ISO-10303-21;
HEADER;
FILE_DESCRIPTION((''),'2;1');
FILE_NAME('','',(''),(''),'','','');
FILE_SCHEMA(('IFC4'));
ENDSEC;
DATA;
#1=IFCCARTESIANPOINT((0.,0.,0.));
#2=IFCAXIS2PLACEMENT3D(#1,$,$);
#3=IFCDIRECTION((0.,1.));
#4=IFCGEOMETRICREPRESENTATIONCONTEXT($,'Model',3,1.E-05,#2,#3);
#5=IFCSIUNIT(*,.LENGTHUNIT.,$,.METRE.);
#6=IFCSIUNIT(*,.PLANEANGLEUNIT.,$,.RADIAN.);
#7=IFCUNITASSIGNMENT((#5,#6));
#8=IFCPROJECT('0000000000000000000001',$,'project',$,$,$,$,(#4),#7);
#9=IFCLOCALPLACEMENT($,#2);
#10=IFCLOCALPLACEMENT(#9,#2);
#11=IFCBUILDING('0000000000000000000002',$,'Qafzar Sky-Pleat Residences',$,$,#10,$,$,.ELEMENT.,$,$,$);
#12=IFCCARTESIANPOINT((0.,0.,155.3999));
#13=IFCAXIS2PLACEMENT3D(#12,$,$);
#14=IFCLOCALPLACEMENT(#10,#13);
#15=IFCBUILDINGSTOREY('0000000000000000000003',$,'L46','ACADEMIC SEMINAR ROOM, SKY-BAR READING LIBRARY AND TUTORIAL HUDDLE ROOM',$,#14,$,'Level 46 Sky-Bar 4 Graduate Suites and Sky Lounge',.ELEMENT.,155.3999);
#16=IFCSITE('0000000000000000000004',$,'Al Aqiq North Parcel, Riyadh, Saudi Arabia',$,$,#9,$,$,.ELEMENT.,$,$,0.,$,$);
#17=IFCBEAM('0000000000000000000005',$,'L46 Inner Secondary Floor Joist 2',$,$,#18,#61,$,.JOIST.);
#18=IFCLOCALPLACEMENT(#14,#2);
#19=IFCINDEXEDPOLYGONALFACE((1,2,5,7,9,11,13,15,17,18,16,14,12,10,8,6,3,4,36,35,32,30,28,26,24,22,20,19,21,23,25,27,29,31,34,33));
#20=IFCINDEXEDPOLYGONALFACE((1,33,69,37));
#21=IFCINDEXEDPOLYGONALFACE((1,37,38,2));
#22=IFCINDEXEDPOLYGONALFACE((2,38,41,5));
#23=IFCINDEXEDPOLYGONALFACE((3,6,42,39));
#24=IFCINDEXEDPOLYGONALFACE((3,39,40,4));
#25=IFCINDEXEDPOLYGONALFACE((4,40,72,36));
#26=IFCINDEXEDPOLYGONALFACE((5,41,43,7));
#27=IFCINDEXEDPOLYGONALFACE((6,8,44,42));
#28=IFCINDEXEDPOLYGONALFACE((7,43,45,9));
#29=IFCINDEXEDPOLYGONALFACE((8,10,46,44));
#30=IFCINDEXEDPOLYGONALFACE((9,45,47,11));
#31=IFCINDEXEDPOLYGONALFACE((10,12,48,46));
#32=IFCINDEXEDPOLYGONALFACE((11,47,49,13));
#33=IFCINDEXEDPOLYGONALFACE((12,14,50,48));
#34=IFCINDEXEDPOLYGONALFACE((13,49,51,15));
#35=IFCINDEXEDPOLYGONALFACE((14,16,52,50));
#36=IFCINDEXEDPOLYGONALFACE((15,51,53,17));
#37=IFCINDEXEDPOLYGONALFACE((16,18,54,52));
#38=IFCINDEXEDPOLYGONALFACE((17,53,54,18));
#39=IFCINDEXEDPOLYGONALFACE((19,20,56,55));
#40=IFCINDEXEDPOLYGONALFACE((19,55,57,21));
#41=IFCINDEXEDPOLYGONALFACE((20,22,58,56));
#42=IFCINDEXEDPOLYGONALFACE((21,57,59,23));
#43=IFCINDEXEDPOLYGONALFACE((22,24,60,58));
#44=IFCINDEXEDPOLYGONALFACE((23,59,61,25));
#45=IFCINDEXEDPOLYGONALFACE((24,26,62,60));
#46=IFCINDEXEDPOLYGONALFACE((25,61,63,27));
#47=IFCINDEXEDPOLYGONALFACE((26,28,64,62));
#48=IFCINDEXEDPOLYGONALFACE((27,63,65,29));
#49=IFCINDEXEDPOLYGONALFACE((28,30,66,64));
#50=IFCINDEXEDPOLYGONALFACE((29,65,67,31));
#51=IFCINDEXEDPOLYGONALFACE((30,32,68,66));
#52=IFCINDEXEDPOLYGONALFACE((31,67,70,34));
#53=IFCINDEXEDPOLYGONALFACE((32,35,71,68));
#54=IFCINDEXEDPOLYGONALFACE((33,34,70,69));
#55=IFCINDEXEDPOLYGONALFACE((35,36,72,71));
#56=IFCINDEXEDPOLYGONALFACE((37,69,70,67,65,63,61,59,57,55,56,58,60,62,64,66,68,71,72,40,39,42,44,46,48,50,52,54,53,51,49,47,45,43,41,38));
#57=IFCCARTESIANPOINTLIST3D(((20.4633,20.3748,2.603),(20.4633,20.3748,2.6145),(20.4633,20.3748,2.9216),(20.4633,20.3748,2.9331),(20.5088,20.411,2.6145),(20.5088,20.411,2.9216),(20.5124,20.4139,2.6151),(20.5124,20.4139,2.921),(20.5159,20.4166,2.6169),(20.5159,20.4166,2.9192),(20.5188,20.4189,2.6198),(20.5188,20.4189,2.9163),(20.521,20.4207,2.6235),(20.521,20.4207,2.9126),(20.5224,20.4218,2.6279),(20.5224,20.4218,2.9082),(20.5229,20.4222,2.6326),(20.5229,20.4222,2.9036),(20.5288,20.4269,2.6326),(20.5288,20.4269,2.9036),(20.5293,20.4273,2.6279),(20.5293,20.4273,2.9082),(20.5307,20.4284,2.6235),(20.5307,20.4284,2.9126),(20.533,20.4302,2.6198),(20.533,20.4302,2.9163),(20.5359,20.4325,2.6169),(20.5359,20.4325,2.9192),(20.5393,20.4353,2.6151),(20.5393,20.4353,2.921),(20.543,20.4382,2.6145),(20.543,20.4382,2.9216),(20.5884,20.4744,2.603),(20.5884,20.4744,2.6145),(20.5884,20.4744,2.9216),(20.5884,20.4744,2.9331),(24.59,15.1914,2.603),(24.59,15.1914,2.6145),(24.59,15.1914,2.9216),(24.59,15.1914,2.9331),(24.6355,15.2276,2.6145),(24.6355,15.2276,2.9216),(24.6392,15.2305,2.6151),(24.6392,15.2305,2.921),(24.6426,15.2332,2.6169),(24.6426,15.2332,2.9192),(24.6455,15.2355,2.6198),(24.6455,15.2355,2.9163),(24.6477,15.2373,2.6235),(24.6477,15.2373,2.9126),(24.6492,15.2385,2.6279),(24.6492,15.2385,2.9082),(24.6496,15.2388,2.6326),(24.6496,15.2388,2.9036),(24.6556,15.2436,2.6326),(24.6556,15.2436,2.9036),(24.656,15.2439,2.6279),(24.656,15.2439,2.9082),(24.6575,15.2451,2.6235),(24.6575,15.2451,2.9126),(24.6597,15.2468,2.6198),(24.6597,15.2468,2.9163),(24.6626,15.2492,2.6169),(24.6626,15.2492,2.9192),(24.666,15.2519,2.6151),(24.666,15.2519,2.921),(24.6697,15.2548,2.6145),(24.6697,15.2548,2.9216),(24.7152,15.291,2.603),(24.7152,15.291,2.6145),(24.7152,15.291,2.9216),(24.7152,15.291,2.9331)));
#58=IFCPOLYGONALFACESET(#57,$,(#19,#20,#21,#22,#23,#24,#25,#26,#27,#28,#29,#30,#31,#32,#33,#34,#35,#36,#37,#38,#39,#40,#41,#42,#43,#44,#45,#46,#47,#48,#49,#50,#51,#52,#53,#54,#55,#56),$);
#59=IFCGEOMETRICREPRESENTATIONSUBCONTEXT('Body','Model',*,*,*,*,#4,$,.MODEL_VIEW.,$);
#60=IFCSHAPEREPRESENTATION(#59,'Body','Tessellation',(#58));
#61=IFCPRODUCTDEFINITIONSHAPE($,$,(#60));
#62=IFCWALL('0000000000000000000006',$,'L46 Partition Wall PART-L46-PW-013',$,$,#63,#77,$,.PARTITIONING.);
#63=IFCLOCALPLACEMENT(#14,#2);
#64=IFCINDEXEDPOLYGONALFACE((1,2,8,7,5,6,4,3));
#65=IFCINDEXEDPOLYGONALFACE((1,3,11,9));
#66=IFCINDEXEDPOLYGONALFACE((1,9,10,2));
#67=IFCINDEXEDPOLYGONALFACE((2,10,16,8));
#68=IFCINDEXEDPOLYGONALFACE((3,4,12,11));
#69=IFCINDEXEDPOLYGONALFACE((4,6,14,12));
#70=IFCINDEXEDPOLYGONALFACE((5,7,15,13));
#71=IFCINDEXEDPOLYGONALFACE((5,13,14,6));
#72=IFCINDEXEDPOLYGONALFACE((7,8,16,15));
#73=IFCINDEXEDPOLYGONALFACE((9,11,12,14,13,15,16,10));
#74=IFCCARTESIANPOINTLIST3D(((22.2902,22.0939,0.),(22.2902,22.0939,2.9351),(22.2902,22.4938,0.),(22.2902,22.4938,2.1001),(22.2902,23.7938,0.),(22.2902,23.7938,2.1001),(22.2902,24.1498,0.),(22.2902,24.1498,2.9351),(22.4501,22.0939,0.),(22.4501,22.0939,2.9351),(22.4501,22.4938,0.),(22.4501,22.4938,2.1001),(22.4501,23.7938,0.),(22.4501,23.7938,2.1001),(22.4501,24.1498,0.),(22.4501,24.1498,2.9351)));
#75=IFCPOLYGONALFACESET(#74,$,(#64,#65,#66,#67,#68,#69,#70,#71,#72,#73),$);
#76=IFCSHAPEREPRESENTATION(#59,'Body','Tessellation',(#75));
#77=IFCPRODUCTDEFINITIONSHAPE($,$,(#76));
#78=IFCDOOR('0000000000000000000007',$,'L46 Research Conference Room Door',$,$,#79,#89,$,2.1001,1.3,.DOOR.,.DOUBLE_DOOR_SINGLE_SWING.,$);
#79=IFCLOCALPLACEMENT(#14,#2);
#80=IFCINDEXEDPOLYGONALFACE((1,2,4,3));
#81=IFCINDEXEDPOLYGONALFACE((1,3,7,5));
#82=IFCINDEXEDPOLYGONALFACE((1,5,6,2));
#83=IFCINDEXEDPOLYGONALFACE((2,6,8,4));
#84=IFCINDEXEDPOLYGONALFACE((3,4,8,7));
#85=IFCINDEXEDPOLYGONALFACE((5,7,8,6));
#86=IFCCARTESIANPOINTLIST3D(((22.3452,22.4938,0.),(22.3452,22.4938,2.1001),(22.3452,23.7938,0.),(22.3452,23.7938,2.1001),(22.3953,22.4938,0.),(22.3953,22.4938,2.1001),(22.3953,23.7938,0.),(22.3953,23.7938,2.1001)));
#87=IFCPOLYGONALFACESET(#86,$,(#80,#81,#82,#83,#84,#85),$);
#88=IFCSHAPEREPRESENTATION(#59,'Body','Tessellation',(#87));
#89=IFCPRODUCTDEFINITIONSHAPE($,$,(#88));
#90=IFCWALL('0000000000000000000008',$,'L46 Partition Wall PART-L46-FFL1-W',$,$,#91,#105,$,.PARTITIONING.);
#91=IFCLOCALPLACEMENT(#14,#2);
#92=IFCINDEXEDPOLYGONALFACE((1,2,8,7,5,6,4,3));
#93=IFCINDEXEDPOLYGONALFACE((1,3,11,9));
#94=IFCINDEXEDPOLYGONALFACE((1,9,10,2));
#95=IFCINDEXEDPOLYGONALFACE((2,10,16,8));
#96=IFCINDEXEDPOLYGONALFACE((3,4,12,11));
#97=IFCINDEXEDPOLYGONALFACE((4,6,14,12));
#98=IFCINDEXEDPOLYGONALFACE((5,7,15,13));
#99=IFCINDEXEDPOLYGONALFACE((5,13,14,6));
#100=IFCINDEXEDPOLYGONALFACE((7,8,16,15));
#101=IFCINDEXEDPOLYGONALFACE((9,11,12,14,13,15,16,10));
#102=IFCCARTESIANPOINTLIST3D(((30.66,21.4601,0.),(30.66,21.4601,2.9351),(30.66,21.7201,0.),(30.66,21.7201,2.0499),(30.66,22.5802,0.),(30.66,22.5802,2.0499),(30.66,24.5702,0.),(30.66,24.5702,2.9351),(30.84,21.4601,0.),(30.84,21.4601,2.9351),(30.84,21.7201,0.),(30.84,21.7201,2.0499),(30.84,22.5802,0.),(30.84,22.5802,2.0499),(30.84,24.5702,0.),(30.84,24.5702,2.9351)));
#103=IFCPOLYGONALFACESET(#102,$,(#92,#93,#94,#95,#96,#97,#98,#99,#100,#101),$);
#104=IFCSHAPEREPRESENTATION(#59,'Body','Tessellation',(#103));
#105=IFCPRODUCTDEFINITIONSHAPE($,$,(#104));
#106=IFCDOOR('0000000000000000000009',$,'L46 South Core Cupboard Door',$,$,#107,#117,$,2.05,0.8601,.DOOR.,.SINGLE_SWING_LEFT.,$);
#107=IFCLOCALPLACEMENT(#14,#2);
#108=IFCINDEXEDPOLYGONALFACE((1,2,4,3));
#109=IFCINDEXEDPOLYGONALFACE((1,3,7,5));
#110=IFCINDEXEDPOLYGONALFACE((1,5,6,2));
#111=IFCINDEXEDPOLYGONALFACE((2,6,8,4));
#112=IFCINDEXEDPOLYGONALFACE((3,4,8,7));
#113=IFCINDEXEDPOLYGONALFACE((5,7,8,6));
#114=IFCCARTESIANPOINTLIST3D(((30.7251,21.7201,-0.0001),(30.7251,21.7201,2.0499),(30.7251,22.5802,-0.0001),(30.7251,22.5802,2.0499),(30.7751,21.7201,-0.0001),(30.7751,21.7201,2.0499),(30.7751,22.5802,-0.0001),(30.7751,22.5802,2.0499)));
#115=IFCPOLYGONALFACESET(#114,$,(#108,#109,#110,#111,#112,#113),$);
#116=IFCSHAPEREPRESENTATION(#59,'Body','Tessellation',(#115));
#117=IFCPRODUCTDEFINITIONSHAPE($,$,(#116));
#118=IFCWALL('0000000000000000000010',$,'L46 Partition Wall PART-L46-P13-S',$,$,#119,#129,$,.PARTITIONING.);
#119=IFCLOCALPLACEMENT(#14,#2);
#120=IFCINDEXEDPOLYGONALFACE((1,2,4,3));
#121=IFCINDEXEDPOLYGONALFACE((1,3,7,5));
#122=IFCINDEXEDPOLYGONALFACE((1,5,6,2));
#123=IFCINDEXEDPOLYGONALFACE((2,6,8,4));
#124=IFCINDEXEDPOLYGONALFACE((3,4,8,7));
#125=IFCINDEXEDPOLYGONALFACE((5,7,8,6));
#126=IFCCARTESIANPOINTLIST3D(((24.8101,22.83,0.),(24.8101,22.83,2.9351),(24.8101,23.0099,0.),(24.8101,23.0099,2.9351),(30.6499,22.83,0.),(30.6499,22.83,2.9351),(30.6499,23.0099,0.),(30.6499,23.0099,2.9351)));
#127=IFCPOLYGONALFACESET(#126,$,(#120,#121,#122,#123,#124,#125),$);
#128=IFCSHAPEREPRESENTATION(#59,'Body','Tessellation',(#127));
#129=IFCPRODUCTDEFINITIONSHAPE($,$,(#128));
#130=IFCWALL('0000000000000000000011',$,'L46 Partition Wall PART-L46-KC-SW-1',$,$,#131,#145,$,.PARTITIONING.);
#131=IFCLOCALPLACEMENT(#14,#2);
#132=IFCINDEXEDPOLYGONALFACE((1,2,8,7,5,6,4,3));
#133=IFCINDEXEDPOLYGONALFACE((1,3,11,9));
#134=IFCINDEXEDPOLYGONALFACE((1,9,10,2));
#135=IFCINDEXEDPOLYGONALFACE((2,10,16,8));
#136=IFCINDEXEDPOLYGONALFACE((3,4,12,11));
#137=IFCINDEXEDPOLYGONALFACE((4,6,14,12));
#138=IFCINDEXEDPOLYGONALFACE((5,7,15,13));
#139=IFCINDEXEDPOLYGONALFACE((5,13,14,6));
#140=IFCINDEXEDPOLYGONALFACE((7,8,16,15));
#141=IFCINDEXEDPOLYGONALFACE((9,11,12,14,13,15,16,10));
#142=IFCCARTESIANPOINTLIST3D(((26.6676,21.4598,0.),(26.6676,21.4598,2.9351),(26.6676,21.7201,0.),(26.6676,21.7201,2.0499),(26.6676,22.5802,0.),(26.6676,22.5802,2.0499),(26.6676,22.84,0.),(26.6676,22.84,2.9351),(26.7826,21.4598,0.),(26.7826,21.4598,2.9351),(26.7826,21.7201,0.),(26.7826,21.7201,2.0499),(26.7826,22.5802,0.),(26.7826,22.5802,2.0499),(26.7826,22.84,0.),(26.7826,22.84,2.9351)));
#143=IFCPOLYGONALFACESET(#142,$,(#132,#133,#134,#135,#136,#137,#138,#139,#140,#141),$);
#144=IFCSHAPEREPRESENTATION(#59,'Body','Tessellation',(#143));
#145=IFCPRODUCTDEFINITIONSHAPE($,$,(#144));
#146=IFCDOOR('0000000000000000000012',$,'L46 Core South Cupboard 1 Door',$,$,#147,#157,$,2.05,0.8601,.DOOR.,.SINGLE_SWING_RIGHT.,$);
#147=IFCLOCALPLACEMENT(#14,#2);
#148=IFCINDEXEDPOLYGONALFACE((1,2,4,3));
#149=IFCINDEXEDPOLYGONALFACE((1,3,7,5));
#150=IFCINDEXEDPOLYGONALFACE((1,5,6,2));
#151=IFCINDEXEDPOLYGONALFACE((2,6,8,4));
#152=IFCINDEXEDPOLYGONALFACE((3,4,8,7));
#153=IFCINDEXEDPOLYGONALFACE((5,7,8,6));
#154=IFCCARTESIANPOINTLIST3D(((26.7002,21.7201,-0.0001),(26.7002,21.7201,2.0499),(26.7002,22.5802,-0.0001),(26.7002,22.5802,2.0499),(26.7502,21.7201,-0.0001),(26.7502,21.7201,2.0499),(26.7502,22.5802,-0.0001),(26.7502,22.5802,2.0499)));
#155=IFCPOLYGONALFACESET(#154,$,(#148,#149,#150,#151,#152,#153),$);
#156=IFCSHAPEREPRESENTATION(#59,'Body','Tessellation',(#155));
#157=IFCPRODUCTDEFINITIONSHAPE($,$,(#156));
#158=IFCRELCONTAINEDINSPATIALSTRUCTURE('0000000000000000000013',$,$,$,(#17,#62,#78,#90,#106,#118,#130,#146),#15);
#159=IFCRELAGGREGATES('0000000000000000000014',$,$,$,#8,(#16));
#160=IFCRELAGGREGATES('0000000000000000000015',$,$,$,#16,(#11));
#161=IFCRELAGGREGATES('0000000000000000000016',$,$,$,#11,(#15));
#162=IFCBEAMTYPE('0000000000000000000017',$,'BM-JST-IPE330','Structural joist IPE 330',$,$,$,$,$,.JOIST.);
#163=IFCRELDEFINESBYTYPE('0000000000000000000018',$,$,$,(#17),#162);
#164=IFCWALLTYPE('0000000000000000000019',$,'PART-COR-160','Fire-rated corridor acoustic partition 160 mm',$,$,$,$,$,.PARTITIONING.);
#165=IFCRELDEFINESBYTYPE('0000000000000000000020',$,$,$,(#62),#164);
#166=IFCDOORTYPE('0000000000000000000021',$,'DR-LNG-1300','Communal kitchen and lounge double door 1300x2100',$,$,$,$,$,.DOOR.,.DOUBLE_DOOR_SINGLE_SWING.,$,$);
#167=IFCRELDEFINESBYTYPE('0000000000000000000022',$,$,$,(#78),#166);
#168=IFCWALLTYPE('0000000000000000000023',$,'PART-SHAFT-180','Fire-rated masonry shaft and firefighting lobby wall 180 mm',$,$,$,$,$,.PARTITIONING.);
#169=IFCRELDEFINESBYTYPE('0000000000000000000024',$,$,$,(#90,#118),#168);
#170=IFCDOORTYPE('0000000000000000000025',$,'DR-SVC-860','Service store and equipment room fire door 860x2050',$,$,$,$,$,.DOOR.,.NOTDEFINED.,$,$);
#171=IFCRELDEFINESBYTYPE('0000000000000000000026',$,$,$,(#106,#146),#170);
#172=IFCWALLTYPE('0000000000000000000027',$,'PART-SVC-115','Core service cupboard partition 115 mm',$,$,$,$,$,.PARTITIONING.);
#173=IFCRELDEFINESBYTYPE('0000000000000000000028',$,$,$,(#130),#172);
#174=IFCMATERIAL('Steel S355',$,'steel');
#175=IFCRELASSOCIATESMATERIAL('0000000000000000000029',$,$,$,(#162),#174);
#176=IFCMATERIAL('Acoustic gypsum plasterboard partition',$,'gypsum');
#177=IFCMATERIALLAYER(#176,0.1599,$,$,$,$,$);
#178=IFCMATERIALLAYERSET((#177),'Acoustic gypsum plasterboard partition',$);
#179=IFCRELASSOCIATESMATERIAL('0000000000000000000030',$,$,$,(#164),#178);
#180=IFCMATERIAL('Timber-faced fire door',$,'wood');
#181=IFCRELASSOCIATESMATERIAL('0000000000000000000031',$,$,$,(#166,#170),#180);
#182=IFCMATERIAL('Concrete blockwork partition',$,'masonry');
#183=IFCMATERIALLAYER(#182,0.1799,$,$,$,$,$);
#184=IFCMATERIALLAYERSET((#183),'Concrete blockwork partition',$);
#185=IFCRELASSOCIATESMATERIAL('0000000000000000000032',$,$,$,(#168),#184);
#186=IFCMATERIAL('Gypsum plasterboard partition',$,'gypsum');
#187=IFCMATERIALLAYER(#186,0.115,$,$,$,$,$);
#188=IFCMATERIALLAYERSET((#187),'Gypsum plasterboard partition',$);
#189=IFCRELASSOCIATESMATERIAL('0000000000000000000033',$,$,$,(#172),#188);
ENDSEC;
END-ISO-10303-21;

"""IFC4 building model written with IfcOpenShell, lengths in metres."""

from ifc_helpers import new_model, si_unit, direction, frame, frame_2d, origin, origin_2d, place, context, subcontext, project, spatial, rectangle, i_section, extrude, source, transform, mapped, material, layer, layer_set, material_profile, profile_set, type_object, element, fill, save


model = new_model("IFC4")

# Units and contexts
model_context = context("Model", 3, precision=1e-05, world=origin(), true_north=direction((0.0, 1.0)))
body_context = subcontext(model_context, "Body", "Model", "MODEL_VIEW")
ifc_project = project(units=[si_unit("LENGTHUNIT", "METRE"), si_unit("PLANEANGLEUNIT", "RADIAN")], contexts=[model_context])

# Site, building, storey
site_placement = place(None, origin())
site = spatial("IfcSite", under=ifc_project, at=site_placement, Name="Al Aqiq North Parcel, Riyadh, Saudi Arabia", CompositionType="ELEMENT", RefElevation=0.0)
building_placement = place(site_placement, origin())
building = spatial("IfcBuilding", under=site, at=building_placement, Name="Qafzar Sky-Pleat Residences", CompositionType="ELEMENT")
storey_placement = place(building_placement, frame((0.0, 0.0, 155.3999)))
storey = spatial("IfcBuildingStorey", under=building, at=storey_placement, Name="L46", Description="ACADEMIC SEMINAR ROOM, SKY-BAR READING LIBRARY AND TUTORIAL HUDDLE ROOM", LongName="Level 46 Sky-Bar 4 Graduate Suites and Sky Lounge", CompositionType="ELEMENT", Elevation=155.3999)

# Beam
ifc_material_1 = material(Name="Steel S355", Category="steel")
ifc_material_profile = material_profile(ifc_material_1, i_section(OverallWidth=0.1599, OverallDepth=0.3301, WebThickness=0.0076, FlangeThickness=0.0115, FilletRadius=0.0181, at=origin_2d()), Name="IPE 330")
ifc_profile_set = profile_set([ifc_material_profile], Name="Steel S355")
beam_type = type_object("IfcBeamType", Name="BM-JST-IPE330", Description="Structural joist IPE 330", PredefinedType="JOIST", material=ifc_profile_set)
shared_shape_1 = source(origin(), body_context, "Body", "SweptSolid", [
    extrude(i_section(OverallWidth=0.1599, OverallDepth=0.3301, WebThickness=0.0076, FlangeThickness=0.0115, FilletRadius=0.0181, at=origin_2d()), origin(), (0.0, 0.0, 1.0), 6.6255),
])
beam_placement = place(storey_placement, frame((20.5259, 20.4246, 2.7681), z_axis=(0.622855, -0.782337, 0.0), x_axis=(0.782337, 0.622855, 0.0)))
element("IfcBeam", 1, at=beam_placement, inside=storey, type_object=beam_type, Name="L46 Inner Secondary Floor Joist 2", PredefinedType="JOIST", context=body_context, shape_type="MappedRepresentation", body=[
    mapped(shared_shape_1, transform((0.0, 0.0, 0.0), x_axis=(1.0, 0.0, 0.0), y_axis=(0.0, 1.0, 0.0), z_axis=(0.0, 0.0, 1.0), scale=1.0)),
])

# Walls, openings, doors
ifc_material_2 = material(Name="Acoustic gypsum plasterboard partition", Category="gypsum")
ifc_layer_1 = layer(ifc_material_2, 0.1599)
ifc_layer_set_1 = layer_set([ifc_layer_1], Name="Acoustic gypsum plasterboard partition")
wall_type_1 = type_object("IfcWallType", Name="PART-COR-160", Description="Fire-rated corridor acoustic partition 160 mm", PredefinedType="PARTITIONING", material=ifc_layer_set_1)
wall_1_placement = place(storey_placement, frame((22.3701, 22.094, 0.0), z_axis=(0.0, 0.0, 1.0), x_axis=(0.0, 1.0, 0.0)))
wall_1 = element("IfcWall", 2, at=wall_1_placement, inside=storey, type_object=wall_type_1, Name="L46 Partition Wall PART-L46-PW-013", PredefinedType="PARTITIONING", context=body_context, shape_type="SweptSolid", body=[
    extrude(rectangle(XDim=2.0559, YDim=0.1599, at=frame_2d((1.0278, 0.0))), origin(), (0.0, 0.0, 1.0), 2.9351),
])
opening_1_placement = place(wall_1_placement, frame((0.3999, 0.0, 0.0)))
opening_1 = element("IfcOpeningElement", 3, at=opening_1_placement, cuts=wall_1, PredefinedType="OPENING", context=body_context, shape_type="SweptSolid", body=[
    extrude(rectangle(XDim=1.3, YDim=2.1001, at=frame_2d((0.6499, 1.05))), frame((0.0, 0.0898, 0.0), z_axis=(0.0, -1.0, 0.0), x_axis=(1.0, 0.0, 0.0)), (0.0, 0.0, 1.0), 0.1799),
])
ifc_material_3 = material(Name="Timber-faced fire door", Category="wood")
door_type_1 = type_object("IfcDoorType", Name="DR-LNG-1300", Description="Communal kitchen and lounge double door 1300x2100", OperationType="DOUBLE_DOOR_SINGLE_SWING", PredefinedType="DOOR", material=ifc_material_3)
shared_shape_2 = source(origin(), body_context, "Body", "SweptSolid", [
    extrude(rectangle(XDim=1.3, YDim=2.1001, at=frame_2d((0.6499, 1.05))), frame((0.0, 0.0249, 0.0), z_axis=(0.0, -1.0, 0.0), x_axis=(1.0, 0.0, 0.0)), (0.0, 0.0, 1.0), 0.05),
])
door_1_placement = place(opening_1_placement, origin())
door_1 = element("IfcDoor", 4, at=door_1_placement, inside=storey, type_object=door_type_1, Name="L46 Research Conference Room Door", OperationType="DOUBLE_DOOR_SINGLE_SWING", OverallHeight=2.1001, OverallWidth=1.3, PredefinedType="DOOR", context=body_context, shape_type="MappedRepresentation", body=[
    mapped(shared_shape_2, transform((0.0, 0.0, 0.0), x_axis=(1.0, 0.0, 0.0), y_axis=(0.0, 1.0, 0.0), z_axis=(0.0, 0.0, 1.0), scale=1.0)),
])
fill(opening_1, door_1)
ifc_material_4 = material(Name="Concrete blockwork partition", Category="masonry")
ifc_layer_2 = layer(ifc_material_4, 0.1799)
ifc_layer_set_2 = layer_set([ifc_layer_2], Name="Concrete blockwork partition")
wall_type_2 = type_object("IfcWallType", Name="PART-SHAFT-180", Description="Fire-rated masonry shaft and firefighting lobby wall 180 mm", PredefinedType="PARTITIONING", material=ifc_layer_set_2)
wall_2_placement = place(storey_placement, frame((30.75, 21.46, 0.0), z_axis=(0.0, 0.0, 1.0), x_axis=(0.0, 1.0, 0.0)))
wall_2 = element("IfcWall", 5, at=wall_2_placement, inside=storey, type_object=wall_type_2, Name="L46 Partition Wall PART-L46-FFL1-W", PredefinedType="PARTITIONING", context=body_context, shape_type="SweptSolid", body=[
    extrude(rectangle(XDim=3.1101, YDim=0.1799, at=frame_2d((1.5552, 0.0))), origin(), (0.0, 0.0, 1.0), 2.9351),
])
opening_2_placement = place(wall_2_placement, frame((0.26, 0.0, 0.0)))
opening_2 = element("IfcOpeningElement", 6, at=opening_2_placement, cuts=wall_2, PredefinedType="OPENING", context=body_context, shape_type="SweptSolid", body=[
    extrude(rectangle(XDim=0.8601, YDim=2.05, at=frame_2d((0.4302, 1.0249))), frame((0.0, 0.1001, 0.0), z_axis=(0.0, -1.0, 0.0), x_axis=(1.0, 0.0, 0.0)), (0.0, 0.0, 1.0), 0.2),
])
door_type_2 = type_object("IfcDoorType", Name="DR-SVC-860", Description="Service store and equipment room fire door 860x2050", OperationType="NOTDEFINED", PredefinedType="DOOR", material=ifc_material_3)
shared_shape_3 = source(origin(), body_context, "Body", "SweptSolid", [
    extrude(rectangle(XDim=0.8601, YDim=2.05, at=frame_2d((0.4302, 1.0249))), frame((0.0, 0.0249, 0.0), z_axis=(0.0, -1.0, 0.0), x_axis=(1.0, 0.0, 0.0)), (0.0, 0.0, 1.0), 0.05),
])
door_2_placement = place(opening_2_placement, origin())
door_2 = element("IfcDoor", 7, at=door_2_placement, inside=storey, type_object=door_type_2, Name="L46 South Core Cupboard Door", OperationType="SINGLE_SWING_LEFT", OverallHeight=2.05, OverallWidth=0.8601, PredefinedType="DOOR", context=body_context, shape_type="MappedRepresentation", body=[
    mapped(shared_shape_3, transform((0.0, 0.0, 0.0), x_axis=(1.0, 0.0, 0.0), y_axis=(0.0, 1.0, 0.0), z_axis=(0.0, 0.0, 1.0), scale=1.0)),
])
fill(opening_2, door_2)

# Wall
wall_3_placement = place(storey_placement, frame((24.8101, 22.9199, 0.0), z_axis=(0.0, 0.0, 1.0), x_axis=(1.0, 0.0, 0.0)))
element("IfcWall", 8, at=wall_3_placement, inside=storey, type_object=wall_type_2, Name="L46 Partition Wall PART-L46-P13-S", PredefinedType="PARTITIONING", context=body_context, shape_type="SweptSolid", body=[
    extrude(rectangle(XDim=5.8398, YDim=0.1799, at=frame_2d((2.9199, 0.0))), origin(), (0.0, 0.0, 1.0), 2.9351),
])

# Wall, opening, door
ifc_material_5 = material(Name="Gypsum plasterboard partition", Category="gypsum")
ifc_layer_3 = layer(ifc_material_5, 0.115)
ifc_layer_set_3 = layer_set([ifc_layer_3], Name="Gypsum plasterboard partition")
wall_type_3 = type_object("IfcWallType", Name="PART-SVC-115", Description="Core service cupboard partition 115 mm", PredefinedType="PARTITIONING", material=ifc_layer_set_3)
wall_4_placement = place(storey_placement, frame((26.7251, 21.46, 0.0), z_axis=(0.0, 0.0, 1.0), x_axis=(0.0, 1.0, 0.0)))
wall_4 = element("IfcWall", 9, at=wall_4_placement, inside=storey, type_object=wall_type_3, Name="L46 Partition Wall PART-L46-KC-SW-1", PredefinedType="PARTITIONING", context=body_context, shape_type="SweptSolid", body=[
    extrude(rectangle(XDim=1.3801, YDim=0.115, at=frame_2d((0.6899, 0.0))), origin(), (0.0, 0.0, 1.0), 2.9351),
])
opening_3_placement = place(wall_4_placement, frame((0.26, 0.0, 0.0)))
opening_3 = element("IfcOpeningElement", 10, at=opening_3_placement, cuts=wall_4, PredefinedType="OPENING", context=body_context, shape_type="SweptSolid", body=[
    extrude(rectangle(XDim=0.8601, YDim=2.05, at=frame_2d((0.4302, 1.0249))), frame((0.0, 0.0674, 0.0), z_axis=(0.0, -1.0, 0.0), x_axis=(1.0, 0.0, 0.0)), (0.0, 0.0, 1.0), 0.135),
])
door_3_placement = place(opening_3_placement, origin())
door_3 = element("IfcDoor", 11, at=door_3_placement, inside=storey, type_object=door_type_2, Name="L46 Core South Cupboard 1 Door", OperationType="SINGLE_SWING_RIGHT", OverallHeight=2.05, OverallWidth=0.8601, PredefinedType="DOOR", context=body_context, shape_type="MappedRepresentation", body=[
    mapped(shared_shape_3, transform((0.0, 0.0, 0.0), x_axis=(1.0, 0.0, 0.0), y_axis=(0.0, 1.0, 0.0), z_axis=(0.0, 0.0, 1.0), scale=1.0)),
])
fill(opening_3, door_3)

save(model, "model.ifc")
